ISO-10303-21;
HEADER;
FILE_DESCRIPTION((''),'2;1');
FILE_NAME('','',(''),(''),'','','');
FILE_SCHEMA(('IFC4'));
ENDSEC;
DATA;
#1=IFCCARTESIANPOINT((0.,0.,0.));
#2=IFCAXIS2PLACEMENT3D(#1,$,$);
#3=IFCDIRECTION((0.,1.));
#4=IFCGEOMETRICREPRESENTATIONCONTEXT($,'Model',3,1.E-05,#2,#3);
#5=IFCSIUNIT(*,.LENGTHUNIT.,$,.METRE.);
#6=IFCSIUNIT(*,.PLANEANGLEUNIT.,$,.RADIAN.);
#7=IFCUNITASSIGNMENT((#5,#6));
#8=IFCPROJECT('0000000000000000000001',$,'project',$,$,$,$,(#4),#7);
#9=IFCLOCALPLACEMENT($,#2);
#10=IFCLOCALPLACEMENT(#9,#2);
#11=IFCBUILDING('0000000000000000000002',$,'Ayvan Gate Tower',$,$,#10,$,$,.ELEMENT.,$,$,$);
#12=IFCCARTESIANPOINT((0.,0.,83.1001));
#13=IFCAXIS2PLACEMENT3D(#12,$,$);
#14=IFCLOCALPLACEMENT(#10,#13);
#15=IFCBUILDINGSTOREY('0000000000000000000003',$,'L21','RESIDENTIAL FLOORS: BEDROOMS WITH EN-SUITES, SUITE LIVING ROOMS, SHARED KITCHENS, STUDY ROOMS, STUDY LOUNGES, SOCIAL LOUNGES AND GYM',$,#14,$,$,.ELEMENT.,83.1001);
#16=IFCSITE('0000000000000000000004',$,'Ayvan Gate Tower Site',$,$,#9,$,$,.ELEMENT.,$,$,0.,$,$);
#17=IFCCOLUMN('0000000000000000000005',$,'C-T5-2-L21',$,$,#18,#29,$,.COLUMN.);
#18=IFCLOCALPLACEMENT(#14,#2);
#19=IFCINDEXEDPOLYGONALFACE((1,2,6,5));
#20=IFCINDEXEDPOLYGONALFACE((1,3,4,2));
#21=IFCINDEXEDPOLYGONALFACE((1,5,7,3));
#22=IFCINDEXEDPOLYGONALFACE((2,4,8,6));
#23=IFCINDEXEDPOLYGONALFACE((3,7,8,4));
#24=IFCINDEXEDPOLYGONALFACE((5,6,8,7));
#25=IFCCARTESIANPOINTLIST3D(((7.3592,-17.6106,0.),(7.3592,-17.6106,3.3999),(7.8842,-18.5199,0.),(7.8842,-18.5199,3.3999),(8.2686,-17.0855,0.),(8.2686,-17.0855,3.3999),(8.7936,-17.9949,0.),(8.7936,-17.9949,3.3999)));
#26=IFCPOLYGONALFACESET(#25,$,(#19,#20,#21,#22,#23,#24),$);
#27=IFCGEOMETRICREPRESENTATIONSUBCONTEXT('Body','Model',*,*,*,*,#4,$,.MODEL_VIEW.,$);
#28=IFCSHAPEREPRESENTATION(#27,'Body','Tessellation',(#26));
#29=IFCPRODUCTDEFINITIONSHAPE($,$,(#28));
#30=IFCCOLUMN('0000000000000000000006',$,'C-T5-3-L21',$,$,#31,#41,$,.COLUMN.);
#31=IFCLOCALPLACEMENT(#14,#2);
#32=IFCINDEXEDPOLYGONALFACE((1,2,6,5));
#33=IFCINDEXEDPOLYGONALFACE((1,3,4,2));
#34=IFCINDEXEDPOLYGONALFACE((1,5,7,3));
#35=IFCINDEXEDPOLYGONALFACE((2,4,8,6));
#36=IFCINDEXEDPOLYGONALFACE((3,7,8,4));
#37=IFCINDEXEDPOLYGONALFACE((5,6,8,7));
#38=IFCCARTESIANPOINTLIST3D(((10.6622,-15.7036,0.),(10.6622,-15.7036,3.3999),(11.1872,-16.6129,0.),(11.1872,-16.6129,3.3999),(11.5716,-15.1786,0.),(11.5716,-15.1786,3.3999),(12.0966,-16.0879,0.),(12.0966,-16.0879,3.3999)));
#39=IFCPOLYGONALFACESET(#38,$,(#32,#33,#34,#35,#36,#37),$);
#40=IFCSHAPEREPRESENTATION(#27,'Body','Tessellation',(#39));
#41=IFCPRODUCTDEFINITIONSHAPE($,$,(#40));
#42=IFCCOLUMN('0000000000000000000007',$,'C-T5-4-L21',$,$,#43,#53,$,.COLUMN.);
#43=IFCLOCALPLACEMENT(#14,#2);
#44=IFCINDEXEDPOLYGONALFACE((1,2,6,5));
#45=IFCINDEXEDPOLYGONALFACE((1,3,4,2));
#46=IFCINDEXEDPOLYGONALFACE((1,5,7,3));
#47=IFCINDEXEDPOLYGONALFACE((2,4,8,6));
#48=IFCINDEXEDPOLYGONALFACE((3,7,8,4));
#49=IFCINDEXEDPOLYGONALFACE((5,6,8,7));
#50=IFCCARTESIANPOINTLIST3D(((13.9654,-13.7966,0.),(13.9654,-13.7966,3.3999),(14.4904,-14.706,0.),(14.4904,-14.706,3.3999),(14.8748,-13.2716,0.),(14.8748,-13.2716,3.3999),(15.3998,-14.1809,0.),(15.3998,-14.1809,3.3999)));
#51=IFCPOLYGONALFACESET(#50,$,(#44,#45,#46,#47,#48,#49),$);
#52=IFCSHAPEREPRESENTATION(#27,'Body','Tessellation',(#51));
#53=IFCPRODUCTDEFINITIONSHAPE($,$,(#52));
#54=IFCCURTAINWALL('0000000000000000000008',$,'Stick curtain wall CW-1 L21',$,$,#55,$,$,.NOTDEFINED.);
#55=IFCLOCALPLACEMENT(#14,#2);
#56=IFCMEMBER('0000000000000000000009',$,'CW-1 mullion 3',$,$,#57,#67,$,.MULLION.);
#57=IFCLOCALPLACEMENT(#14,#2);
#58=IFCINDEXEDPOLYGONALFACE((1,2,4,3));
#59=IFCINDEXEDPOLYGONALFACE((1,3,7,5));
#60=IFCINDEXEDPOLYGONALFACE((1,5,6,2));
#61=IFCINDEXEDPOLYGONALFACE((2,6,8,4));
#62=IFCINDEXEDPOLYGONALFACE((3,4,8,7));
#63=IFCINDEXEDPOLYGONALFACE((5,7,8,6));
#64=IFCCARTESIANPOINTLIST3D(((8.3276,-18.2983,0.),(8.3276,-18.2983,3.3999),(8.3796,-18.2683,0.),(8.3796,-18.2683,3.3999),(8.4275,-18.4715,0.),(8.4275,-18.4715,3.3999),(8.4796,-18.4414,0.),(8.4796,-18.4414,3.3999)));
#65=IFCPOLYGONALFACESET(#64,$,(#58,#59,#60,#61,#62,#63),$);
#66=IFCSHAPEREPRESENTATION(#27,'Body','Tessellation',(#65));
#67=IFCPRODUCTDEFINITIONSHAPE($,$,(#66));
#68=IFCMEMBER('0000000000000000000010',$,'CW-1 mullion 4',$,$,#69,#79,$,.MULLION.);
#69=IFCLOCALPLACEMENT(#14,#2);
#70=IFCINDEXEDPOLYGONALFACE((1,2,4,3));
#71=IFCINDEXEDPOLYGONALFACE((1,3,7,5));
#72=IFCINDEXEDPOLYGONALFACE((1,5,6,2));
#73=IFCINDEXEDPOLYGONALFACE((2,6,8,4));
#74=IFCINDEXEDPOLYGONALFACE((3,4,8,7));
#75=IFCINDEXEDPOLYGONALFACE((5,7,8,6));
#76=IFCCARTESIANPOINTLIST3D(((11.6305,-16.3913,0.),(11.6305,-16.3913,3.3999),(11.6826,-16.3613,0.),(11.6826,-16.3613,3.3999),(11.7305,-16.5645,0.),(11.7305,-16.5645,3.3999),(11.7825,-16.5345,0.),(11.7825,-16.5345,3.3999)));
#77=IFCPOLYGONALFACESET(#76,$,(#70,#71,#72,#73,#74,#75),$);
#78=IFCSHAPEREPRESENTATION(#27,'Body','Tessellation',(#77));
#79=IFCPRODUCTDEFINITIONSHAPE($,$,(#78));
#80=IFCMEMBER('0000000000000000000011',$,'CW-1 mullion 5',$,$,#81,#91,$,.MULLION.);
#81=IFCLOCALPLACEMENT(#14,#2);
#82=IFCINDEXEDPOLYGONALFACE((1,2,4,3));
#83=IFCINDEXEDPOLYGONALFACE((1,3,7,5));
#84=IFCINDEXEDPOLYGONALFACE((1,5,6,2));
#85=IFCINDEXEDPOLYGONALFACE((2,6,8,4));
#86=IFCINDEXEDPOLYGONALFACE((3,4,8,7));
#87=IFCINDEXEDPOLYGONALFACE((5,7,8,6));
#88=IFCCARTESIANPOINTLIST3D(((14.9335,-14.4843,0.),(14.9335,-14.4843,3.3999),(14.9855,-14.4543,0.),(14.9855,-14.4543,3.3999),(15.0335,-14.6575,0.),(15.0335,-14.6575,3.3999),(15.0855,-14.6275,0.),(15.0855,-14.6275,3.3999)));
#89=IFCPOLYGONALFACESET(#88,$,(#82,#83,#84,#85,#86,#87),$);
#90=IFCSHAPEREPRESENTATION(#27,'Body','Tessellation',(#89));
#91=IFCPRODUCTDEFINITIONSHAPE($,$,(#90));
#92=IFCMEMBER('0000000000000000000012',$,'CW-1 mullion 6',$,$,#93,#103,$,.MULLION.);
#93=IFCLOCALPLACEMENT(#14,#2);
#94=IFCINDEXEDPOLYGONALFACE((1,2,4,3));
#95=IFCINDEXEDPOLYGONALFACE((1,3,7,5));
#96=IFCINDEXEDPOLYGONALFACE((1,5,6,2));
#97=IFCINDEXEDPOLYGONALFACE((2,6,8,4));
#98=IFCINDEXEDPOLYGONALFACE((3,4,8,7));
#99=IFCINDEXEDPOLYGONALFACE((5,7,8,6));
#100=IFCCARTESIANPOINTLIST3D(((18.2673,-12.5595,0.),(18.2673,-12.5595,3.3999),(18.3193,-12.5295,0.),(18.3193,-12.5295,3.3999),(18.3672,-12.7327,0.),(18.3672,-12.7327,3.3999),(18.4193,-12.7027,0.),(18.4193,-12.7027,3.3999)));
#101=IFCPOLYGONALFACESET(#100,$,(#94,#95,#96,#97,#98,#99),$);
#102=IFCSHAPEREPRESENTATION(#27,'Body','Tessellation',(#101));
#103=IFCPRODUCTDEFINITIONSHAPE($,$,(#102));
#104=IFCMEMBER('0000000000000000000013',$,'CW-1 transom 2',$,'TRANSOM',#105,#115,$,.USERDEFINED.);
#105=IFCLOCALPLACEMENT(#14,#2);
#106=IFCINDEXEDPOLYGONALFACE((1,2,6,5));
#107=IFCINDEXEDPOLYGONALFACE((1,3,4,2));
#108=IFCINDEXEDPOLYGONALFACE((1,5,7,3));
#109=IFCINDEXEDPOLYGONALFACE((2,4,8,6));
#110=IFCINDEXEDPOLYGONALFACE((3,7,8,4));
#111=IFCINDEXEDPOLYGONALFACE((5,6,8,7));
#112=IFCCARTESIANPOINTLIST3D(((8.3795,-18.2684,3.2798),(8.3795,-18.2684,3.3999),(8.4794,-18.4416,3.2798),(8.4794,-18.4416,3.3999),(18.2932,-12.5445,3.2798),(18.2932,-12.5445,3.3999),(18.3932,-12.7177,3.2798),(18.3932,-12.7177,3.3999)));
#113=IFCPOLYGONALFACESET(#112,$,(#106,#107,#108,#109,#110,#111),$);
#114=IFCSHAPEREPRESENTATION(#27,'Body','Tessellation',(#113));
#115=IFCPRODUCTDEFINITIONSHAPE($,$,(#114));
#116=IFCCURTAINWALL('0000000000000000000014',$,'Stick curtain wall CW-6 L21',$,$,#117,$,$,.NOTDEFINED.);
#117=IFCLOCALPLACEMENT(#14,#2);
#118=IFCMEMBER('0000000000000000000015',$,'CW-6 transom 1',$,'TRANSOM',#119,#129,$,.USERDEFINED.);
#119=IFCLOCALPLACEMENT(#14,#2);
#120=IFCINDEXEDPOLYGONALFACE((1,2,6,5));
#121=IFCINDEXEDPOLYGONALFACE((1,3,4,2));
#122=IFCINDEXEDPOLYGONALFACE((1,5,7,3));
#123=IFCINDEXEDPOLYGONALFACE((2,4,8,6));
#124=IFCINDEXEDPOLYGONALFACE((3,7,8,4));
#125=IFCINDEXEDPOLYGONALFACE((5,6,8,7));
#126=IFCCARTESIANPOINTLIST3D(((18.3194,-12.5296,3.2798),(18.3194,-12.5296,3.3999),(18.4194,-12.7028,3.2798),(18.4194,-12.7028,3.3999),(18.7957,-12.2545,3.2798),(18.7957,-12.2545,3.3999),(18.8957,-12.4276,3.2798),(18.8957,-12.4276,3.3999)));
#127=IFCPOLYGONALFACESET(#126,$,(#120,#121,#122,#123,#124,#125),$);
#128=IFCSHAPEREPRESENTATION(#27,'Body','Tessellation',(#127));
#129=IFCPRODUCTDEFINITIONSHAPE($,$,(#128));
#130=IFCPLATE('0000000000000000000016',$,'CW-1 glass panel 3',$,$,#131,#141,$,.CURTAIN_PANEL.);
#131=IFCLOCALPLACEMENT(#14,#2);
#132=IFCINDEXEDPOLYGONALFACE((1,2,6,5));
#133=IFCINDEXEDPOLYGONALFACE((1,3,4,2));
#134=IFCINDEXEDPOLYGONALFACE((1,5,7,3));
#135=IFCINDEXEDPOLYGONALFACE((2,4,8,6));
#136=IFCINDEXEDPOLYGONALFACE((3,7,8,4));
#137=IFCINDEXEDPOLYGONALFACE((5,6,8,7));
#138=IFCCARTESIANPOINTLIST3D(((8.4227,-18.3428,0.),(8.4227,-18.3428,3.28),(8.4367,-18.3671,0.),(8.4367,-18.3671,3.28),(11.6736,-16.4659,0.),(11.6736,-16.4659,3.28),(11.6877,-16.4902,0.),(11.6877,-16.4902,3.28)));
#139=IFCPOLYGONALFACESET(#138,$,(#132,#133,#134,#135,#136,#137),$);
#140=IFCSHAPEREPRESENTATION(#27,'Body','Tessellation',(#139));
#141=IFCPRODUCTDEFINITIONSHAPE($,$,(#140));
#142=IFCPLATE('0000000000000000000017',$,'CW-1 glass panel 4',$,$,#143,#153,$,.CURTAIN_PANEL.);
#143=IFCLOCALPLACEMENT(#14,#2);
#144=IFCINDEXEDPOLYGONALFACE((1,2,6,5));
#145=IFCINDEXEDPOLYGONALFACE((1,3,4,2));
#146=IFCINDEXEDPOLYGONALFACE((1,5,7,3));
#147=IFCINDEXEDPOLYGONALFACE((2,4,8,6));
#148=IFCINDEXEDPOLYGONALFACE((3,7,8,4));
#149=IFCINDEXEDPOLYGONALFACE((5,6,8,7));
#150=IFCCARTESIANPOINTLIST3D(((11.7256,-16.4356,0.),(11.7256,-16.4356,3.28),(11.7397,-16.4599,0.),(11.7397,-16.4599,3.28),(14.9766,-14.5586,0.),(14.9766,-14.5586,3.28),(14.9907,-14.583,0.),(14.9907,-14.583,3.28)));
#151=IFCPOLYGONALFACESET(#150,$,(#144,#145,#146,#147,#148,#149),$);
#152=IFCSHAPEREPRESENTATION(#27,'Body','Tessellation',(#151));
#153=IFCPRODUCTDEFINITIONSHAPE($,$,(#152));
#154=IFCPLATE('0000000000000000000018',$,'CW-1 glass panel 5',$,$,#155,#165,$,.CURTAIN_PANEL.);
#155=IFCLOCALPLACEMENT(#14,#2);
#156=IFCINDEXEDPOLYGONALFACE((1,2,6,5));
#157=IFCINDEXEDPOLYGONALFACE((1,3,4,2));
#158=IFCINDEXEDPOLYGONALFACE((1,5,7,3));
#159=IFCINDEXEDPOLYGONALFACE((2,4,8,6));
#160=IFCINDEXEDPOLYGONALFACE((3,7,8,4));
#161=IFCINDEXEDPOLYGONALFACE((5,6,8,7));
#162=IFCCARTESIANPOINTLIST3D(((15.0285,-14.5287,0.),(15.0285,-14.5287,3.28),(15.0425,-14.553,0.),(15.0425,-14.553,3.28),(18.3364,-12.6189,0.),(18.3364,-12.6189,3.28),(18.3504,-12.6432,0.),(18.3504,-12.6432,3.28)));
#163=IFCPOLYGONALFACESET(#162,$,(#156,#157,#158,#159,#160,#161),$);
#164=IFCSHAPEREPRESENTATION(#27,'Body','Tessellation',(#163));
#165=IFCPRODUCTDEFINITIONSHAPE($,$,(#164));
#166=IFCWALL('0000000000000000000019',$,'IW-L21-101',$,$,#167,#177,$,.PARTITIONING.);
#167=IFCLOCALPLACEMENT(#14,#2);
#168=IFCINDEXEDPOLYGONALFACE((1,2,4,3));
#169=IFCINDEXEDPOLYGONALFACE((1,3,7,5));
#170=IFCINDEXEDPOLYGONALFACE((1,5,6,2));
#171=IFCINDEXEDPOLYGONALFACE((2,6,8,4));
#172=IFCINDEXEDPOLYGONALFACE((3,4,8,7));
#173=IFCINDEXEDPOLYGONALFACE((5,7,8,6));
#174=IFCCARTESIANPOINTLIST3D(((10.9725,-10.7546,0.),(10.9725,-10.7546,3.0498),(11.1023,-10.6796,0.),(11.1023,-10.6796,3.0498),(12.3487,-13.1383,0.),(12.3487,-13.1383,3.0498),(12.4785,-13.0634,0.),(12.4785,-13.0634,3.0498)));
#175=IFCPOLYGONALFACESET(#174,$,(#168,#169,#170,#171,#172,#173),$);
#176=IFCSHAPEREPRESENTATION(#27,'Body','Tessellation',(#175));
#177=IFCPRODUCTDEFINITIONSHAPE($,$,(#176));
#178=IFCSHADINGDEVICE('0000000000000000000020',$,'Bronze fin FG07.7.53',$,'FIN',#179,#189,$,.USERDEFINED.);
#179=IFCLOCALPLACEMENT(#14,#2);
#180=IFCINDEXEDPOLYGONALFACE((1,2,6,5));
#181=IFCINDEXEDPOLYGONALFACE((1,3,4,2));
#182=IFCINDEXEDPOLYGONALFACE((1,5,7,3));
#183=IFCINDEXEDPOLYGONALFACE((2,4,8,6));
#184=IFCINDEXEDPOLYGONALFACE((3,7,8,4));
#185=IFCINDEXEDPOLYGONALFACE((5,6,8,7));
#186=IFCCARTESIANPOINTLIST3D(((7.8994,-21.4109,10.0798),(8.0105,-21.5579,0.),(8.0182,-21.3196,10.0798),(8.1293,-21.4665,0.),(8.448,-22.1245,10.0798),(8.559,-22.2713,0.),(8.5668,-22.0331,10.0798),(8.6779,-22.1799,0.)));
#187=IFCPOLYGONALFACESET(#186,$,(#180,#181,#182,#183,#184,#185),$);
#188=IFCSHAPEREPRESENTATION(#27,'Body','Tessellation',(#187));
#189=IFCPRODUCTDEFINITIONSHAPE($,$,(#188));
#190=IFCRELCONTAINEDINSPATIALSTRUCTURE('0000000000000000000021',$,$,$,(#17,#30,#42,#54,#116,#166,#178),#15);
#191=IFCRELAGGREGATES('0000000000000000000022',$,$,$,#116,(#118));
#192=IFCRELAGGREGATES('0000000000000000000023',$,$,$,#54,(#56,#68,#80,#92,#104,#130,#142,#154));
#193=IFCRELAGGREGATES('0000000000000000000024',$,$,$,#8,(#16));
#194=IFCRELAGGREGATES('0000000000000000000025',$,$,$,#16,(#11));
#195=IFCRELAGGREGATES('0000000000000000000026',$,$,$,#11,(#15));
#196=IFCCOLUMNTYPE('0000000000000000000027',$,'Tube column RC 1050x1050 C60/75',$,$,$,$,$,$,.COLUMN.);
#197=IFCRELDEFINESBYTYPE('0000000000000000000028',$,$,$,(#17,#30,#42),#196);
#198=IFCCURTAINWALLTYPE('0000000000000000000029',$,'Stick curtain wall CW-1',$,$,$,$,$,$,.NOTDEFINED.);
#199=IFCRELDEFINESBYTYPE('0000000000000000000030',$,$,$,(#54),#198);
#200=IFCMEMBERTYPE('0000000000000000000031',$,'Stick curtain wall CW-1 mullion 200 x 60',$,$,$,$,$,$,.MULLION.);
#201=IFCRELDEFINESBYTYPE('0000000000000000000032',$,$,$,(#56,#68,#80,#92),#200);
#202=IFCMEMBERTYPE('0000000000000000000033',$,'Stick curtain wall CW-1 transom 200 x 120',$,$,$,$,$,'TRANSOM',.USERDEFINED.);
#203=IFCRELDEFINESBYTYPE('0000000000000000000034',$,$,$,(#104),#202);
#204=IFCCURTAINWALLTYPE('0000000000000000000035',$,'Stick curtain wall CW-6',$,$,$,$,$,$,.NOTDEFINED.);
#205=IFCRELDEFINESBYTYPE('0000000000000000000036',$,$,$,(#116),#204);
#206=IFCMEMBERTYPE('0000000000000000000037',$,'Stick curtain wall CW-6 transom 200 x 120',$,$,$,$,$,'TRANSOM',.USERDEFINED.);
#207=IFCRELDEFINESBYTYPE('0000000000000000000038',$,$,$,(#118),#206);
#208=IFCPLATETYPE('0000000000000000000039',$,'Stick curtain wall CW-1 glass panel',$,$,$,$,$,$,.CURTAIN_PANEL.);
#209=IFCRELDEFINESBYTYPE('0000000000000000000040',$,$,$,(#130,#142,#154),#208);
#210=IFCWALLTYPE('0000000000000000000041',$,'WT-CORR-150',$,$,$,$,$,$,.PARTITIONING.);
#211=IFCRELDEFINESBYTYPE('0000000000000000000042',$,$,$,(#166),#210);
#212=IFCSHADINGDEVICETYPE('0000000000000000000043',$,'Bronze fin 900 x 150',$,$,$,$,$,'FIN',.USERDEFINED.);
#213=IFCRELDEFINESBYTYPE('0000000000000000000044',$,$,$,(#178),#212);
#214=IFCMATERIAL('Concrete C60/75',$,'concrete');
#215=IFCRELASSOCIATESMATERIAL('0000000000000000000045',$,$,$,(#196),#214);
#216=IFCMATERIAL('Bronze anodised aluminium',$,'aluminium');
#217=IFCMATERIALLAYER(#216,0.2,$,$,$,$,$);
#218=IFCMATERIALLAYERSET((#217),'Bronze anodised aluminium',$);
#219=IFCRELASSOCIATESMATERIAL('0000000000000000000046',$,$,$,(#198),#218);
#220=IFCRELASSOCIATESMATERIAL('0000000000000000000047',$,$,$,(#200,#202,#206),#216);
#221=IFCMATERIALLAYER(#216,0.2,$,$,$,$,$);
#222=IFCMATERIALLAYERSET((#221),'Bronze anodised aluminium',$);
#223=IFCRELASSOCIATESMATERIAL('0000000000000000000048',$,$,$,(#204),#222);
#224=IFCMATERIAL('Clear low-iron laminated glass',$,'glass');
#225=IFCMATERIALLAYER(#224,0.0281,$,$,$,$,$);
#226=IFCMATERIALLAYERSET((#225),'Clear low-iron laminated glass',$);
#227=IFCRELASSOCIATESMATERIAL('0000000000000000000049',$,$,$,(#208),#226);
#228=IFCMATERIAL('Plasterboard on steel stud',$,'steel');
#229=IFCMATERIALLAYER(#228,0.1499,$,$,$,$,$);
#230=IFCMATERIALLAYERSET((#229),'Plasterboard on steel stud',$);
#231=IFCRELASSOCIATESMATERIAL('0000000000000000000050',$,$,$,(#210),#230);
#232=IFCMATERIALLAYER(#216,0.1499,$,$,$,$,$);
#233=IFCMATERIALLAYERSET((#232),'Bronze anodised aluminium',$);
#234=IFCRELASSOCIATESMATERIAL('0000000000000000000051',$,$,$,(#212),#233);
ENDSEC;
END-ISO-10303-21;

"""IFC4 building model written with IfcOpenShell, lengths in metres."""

from ifc_helpers import new_model, si_unit, direction, frame, frame_2d, origin, origin_2d, place, context, subcontext, project, spatial, polyline, rectangle, outline, extrude, material, layer, layer_set, material_profile, profile_set, type_object, element, aggregate, save


model = new_model("IFC4")

# Units and contexts
model_context = context("Model", 3, precision=1e-05, world=origin(), true_north=direction((0.0, 1.0)))
body_context = subcontext(model_context, "Body", "Model", "MODEL_VIEW")
ifc_project = project(units=[si_unit("LENGTHUNIT", "METRE"), si_unit("PLANEANGLEUNIT", "RADIAN")], contexts=[model_context])

# Site, building, storey
site_placement = place(None, origin())
site = spatial("IfcSite", under=ifc_project, at=site_placement, Name="Ayvan Gate Tower Site", CompositionType="ELEMENT", RefElevation=0.0)
building_placement = place(site_placement, origin())
building = spatial("IfcBuilding", under=site, at=building_placement, Name="Ayvan Gate Tower", CompositionType="ELEMENT")
storey_placement = place(building_placement, frame((0.0, 0.0, 83.1001)))
storey = spatial("IfcBuildingStorey", under=building, at=storey_placement, Name="L21", Description="RESIDENTIAL FLOORS: BEDROOMS WITH EN-SUITES, SUITE LIVING ROOMS, SHARED KITCHENS, STUDY ROOMS, STUDY LOUNGES, SOCIAL LOUNGES AND GYM", CompositionType="ELEMENT", Elevation=83.1001)

# Columns
ifc_material_1 = material(Name="Concrete C60/75", Category="concrete")
ifc_material_profile_1 = material_profile(ifc_material_1, rectangle(XDim=1.05, YDim=1.05, at=origin_2d()), Name="RC 1050x1050")
ifc_profile_set_1 = profile_set([ifc_material_profile_1], Name="Concrete C60/75")
column_type = type_object("IfcColumnType", Name="Tube column RC 1050x1050 C60/75", PredefinedType="COLUMN", material=ifc_profile_set_1)
for number, where, z_axis, x_axis, name in (
    (1, (8.0764, -17.8027, 0.0), (0.0, 0.0, 1.0), (0.5, -0.866025, 0.0), "C-T5-2-L21"),
    (2, (11.3794, -15.8958, 0.0), (0.0, 0.0, 1.0), (0.5, -0.866025, 0.0), "C-T5-3-L21"),
    (3, (14.6826, -13.9888, 0.0), (0.0, 0.0, 1.0), (0.5, -0.866025, 0.0), "C-T5-4-L21"),
):
    element("IfcColumn", number, at=place(storey_placement, frame(where, z_axis=z_axis, x_axis=x_axis)), inside=storey, type_object=column_type, Name=name, PredefinedType="COLUMN", context=body_context, shape_type="SweptSolid", body=[
        extrude(rectangle(XDim=1.05, YDim=1.05, at=origin_2d()), origin(), (0.0, 0.0, 1.0), 3.3999),
    ])

# Curtain wall, members
ifc_material_2 = material(Name="Bronze anodised aluminium", Category="aluminium")
ifc_layer_1 = layer(ifc_material_2, 0.2)
ifc_layer_set_1 = layer_set([ifc_layer_1], Name="Bronze anodised aluminium")
curtain_wall_type_1 = type_object("IfcCurtainWallType", Name="Stick curtain wall CW-1", PredefinedType="NOTDEFINED", material=ifc_layer_set_1)
curtain_wall_1_placement = place(storey_placement, origin())
curtain_wall_1 = element("IfcCurtainWall", 4, at=curtain_wall_1_placement, inside=storey, type_object=curtain_wall_type_1, Name="Stick curtain wall CW-1 L21", PredefinedType="NOTDEFINED")
ifc_material_profile_2 = material_profile(ifc_material_2, rectangle(XDim=0.2, YDim=0.0601, at=origin_2d()), Name="Stick curtain wall CW-1 mullion 200 x 60")
ifc_profile_set_2 = profile_set([ifc_material_profile_2], Name="Bronze anodised aluminium")
member_type_1 = type_object("IfcMemberType", Name="Stick curtain wall CW-1 mullion 200 x 60", PredefinedType="MULLION", material=ifc_profile_set_2)
member_1_placement = place(storey_placement, frame((8.4036, -18.3699, 0.0), z_axis=(0.0, 0.0, 1.0), x_axis=(0.5, -0.866025, 0.0)))
member_1 = element("IfcMember", 5, at=member_1_placement, type_object=member_type_1, Name="CW-1 mullion 3", PredefinedType="MULLION", context=body_context, shape_type="SweptSolid", body=[
    extrude(rectangle(XDim=0.2, YDim=0.0601, at=origin_2d()), origin(), (0.0, 0.0, 1.0), 3.3999),
])
member_2_placement = place(storey_placement, frame((11.7065, -16.4629, 0.0), z_axis=(0.0, 0.0, 1.0), x_axis=(0.5, -0.866025, 0.0)))
member_2 = element("IfcMember", 6, at=member_2_placement, type_object=member_type_1, Name="CW-1 mullion 4", PredefinedType="MULLION", context=body_context, shape_type="SweptSolid", body=[
    extrude(rectangle(XDim=0.2, YDim=0.0601, at=origin_2d()), origin(), (0.0, 0.0, 1.0), 3.3999),
])
member_3_placement = place(storey_placement, frame((15.0095, -14.5559, 0.0), z_axis=(0.0, 0.0, 1.0), x_axis=(0.5, -0.866025, 0.0)))
member_3 = element("IfcMember", 7, at=member_3_placement, type_object=member_type_1, Name="CW-1 mullion 5", PredefinedType="MULLION", context=body_context, shape_type="SweptSolid", body=[
    extrude(rectangle(XDim=0.2, YDim=0.0601, at=origin_2d()), origin(), (0.0, 0.0, 1.0), 3.3999),
])
member_4_placement = place(storey_placement, frame((18.3433, -12.6311, 0.0), z_axis=(0.0, 0.0, 1.0), x_axis=(0.5, -0.866025, 0.0)))
member_4 = element("IfcMember", 8, at=member_4_placement, type_object=member_type_1, Name="CW-1 mullion 6", PredefinedType="MULLION", context=body_context, shape_type="SweptSolid", body=[
    extrude(rectangle(XDim=0.2, YDim=0.0601, at=origin_2d()), origin(), (0.0, 0.0, 1.0), 3.3999),
])
ifc_material_profile_3 = material_profile(ifc_material_2, rectangle(XDim=0.2, YDim=0.1201, at=origin_2d()), Name="Stick curtain wall CW-1 transom 200 x 120")
ifc_profile_set_3 = profile_set([ifc_material_profile_3], Name="Bronze anodised aluminium")
member_type_2 = type_object("IfcMemberType", Name="Stick curtain wall CW-1 transom 200 x 120", ElementType="TRANSOM", PredefinedType="USERDEFINED", material=ifc_profile_set_3)
member_5_placement = place(storey_placement, frame((8.4294, -18.355, 3.3398), z_axis=(0.86602, 0.500009, 0.0), x_axis=(-0.500009, 0.86602, 0.0)))
member_5 = element("IfcMember", 9, at=member_5_placement, type_object=member_type_2, Name="CW-1 transom 2", ObjectType="TRANSOM", PredefinedType="USERDEFINED", context=body_context, shape_type="SweptSolid", body=[
    extrude(rectangle(XDim=0.2, YDim=0.1201, at=origin_2d()), origin(), (0.0, 0.0, 1.0), 11.4475),
])

# Curtain wall, member
ifc_layer_2 = layer(ifc_material_2, 0.2)
ifc_layer_set_2 = layer_set([ifc_layer_2], Name="Bronze anodised aluminium")
curtain_wall_type_2 = type_object("IfcCurtainWallType", Name="Stick curtain wall CW-6", PredefinedType="NOTDEFINED", material=ifc_layer_set_2)
curtain_wall_2_placement = place(storey_placement, origin())
curtain_wall_2 = element("IfcCurtainWall", 10, at=curtain_wall_2_placement, inside=storey, type_object=curtain_wall_type_2, Name="Stick curtain wall CW-6 L21", PredefinedType="NOTDEFINED")
ifc_material_profile_4 = material_profile(ifc_material_2, rectangle(XDim=0.2, YDim=0.1201, at=origin_2d()), Name="Stick curtain wall CW-6 transom 200 x 120")
ifc_profile_set_4 = profile_set([ifc_material_profile_4], Name="Bronze anodised aluminium")
member_type_3 = type_object("IfcMemberType", Name="Stick curtain wall CW-6 transom 200 x 120", ElementType="TRANSOM", PredefinedType="USERDEFINED", material=ifc_profile_set_4)
member_6_placement = place(storey_placement, frame((18.3694, -12.6162, 3.3398), z_axis=(0.865912, 0.500196, 0.0), x_axis=(-0.500196, 0.865912, 0.0)))
member_6 = element("IfcMember", 11, at=member_6_placement, type_object=member_type_3, Name="CW-6 transom 1", ObjectType="TRANSOM", PredefinedType="USERDEFINED", context=body_context, shape_type="SweptSolid", body=[
    extrude(rectangle(XDim=0.2, YDim=0.1201, at=origin_2d()), origin(), (0.0, 0.0, 1.0), 0.55),
])
aggregate(curtain_wall_2, [member_6])

# Plates
ifc_material_3 = material(Name="Clear low-iron laminated glass", Category="glass")
ifc_layer_3 = layer(ifc_material_3, 0.0281)
ifc_layer_set_3 = layer_set([ifc_layer_3], Name="Clear low-iron laminated glass")
plate_type = type_object("IfcPlateType", Name="Stick curtain wall CW-1 glass panel", PredefinedType="CURTAIN_PANEL", material=ifc_layer_set_3)
plate_1_placement = place(storey_placement, frame((10.0552, -17.4165, 0.0), z_axis=(0.0, 0.0, 1.0), x_axis=(0.866025, 0.5, 0.0)))
plate_1 = element("IfcPlate", 12, at=plate_1_placement, type_object=plate_type, Name="CW-1 glass panel 3", PredefinedType="CURTAIN_PANEL", context=body_context, shape_type="SweptSolid", body=[
    extrude(rectangle(XDim=3.7539, YDim=0.0281, at=origin_2d()), origin(), (0.0, 0.0, 1.0), 3.28),
])
plate_2_placement = place(storey_placement, frame((13.3582, -15.5093, 0.0), z_axis=(0.0, 0.0, 1.0), x_axis=(0.866025, 0.5, 0.0)))
plate_2 = element("IfcPlate", 13, at=plate_2_placement, type_object=plate_type, Name="CW-1 glass panel 4", PredefinedType="CURTAIN_PANEL", context=body_context, shape_type="SweptSolid", body=[
    extrude(rectangle(XDim=3.7539, YDim=0.0281, at=origin_2d()), origin(), (0.0, 0.0, 1.0), 3.28),
])
plate_3_placement = place(storey_placement, frame((16.6895, -13.5859, 0.0), z_axis=(0.0, 0.0, 1.0), x_axis=(0.866025, 0.5, 0.0)))
plate_3 = element("IfcPlate", 14, at=plate_3_placement, type_object=plate_type, Name="CW-1 glass panel 5", PredefinedType="CURTAIN_PANEL", context=body_context, shape_type="SweptSolid", body=[
    extrude(rectangle(XDim=3.8196, YDim=0.0281, at=origin_2d()), origin(), (0.0, 0.0, 1.0), 3.28),
])
aggregate(curtain_wall_1, [member_1, member_2, member_3, member_4, member_5, plate_1, plate_2, plate_3])

# Wall
ifc_material_4 = material(Name="Plasterboard on steel stud", Category="steel")
ifc_layer_4 = layer(ifc_material_4, 0.1499)
ifc_layer_set_4 = layer_set([ifc_layer_4], Name="Plasterboard on steel stud")
wall_type = type_object("IfcWallType", Name="WT-CORR-150", PredefinedType="PARTITIONING", material=ifc_layer_set_4)
wall_placement = place(storey_placement, frame((12.4136, -13.1008, 0.0), z_axis=(0.0, 0.0, 1.0), x_axis=(-0.499984, 0.866035, 0.0)))
element("IfcWall", 15, at=wall_placement, inside=storey, type_object=wall_type, Name="IW-L21-101", PredefinedType="PARTITIONING", context=body_context, shape_type="SweptSolid", body=[
    extrude(rectangle(XDim=2.7524, YDim=0.1499, at=frame_2d((1.3762, 0.0))), origin(), (0.0, 0.0, 1.0), 3.0498),
])

# Shading device
ifc_layer_5 = layer(ifc_material_2, 0.1499)
ifc_layer_set_5 = layer_set([ifc_layer_5], Name="Bronze anodised aluminium")
shading_device_type = type_object("IfcShadingDeviceType", Name="Bronze fin 900 x 150", ElementType="FIN", PredefinedType="USERDEFINED", material=ifc_layer_set_5)
shading_device_1_placement = place(storey_placement, frame((8.0105, -21.5579, 0.0), z_axis=(-0.792765, -0.609527, 0.000143), x_axis=(0.609527, -0.792765, 0.0)))
element("IfcShadingDevice", 16, at=shading_device_1_placement, inside=storey, type_object=shading_device_type, Name="Bronze fin FG07.7.53", ObjectType="FIN", PredefinedType="USERDEFINED", context=body_context, shape_type="SweptSolid", body=[
    extrude(outline(polyline([(0.0, 0.0), (0.8999, 0.0), (0.7159, 10.0798), (-0.1842, 10.0798), (0.0, 0.0)])), origin(), (0.0, 0.0, -1.0), 0.1499),
])

save(model, "model.ifc")
